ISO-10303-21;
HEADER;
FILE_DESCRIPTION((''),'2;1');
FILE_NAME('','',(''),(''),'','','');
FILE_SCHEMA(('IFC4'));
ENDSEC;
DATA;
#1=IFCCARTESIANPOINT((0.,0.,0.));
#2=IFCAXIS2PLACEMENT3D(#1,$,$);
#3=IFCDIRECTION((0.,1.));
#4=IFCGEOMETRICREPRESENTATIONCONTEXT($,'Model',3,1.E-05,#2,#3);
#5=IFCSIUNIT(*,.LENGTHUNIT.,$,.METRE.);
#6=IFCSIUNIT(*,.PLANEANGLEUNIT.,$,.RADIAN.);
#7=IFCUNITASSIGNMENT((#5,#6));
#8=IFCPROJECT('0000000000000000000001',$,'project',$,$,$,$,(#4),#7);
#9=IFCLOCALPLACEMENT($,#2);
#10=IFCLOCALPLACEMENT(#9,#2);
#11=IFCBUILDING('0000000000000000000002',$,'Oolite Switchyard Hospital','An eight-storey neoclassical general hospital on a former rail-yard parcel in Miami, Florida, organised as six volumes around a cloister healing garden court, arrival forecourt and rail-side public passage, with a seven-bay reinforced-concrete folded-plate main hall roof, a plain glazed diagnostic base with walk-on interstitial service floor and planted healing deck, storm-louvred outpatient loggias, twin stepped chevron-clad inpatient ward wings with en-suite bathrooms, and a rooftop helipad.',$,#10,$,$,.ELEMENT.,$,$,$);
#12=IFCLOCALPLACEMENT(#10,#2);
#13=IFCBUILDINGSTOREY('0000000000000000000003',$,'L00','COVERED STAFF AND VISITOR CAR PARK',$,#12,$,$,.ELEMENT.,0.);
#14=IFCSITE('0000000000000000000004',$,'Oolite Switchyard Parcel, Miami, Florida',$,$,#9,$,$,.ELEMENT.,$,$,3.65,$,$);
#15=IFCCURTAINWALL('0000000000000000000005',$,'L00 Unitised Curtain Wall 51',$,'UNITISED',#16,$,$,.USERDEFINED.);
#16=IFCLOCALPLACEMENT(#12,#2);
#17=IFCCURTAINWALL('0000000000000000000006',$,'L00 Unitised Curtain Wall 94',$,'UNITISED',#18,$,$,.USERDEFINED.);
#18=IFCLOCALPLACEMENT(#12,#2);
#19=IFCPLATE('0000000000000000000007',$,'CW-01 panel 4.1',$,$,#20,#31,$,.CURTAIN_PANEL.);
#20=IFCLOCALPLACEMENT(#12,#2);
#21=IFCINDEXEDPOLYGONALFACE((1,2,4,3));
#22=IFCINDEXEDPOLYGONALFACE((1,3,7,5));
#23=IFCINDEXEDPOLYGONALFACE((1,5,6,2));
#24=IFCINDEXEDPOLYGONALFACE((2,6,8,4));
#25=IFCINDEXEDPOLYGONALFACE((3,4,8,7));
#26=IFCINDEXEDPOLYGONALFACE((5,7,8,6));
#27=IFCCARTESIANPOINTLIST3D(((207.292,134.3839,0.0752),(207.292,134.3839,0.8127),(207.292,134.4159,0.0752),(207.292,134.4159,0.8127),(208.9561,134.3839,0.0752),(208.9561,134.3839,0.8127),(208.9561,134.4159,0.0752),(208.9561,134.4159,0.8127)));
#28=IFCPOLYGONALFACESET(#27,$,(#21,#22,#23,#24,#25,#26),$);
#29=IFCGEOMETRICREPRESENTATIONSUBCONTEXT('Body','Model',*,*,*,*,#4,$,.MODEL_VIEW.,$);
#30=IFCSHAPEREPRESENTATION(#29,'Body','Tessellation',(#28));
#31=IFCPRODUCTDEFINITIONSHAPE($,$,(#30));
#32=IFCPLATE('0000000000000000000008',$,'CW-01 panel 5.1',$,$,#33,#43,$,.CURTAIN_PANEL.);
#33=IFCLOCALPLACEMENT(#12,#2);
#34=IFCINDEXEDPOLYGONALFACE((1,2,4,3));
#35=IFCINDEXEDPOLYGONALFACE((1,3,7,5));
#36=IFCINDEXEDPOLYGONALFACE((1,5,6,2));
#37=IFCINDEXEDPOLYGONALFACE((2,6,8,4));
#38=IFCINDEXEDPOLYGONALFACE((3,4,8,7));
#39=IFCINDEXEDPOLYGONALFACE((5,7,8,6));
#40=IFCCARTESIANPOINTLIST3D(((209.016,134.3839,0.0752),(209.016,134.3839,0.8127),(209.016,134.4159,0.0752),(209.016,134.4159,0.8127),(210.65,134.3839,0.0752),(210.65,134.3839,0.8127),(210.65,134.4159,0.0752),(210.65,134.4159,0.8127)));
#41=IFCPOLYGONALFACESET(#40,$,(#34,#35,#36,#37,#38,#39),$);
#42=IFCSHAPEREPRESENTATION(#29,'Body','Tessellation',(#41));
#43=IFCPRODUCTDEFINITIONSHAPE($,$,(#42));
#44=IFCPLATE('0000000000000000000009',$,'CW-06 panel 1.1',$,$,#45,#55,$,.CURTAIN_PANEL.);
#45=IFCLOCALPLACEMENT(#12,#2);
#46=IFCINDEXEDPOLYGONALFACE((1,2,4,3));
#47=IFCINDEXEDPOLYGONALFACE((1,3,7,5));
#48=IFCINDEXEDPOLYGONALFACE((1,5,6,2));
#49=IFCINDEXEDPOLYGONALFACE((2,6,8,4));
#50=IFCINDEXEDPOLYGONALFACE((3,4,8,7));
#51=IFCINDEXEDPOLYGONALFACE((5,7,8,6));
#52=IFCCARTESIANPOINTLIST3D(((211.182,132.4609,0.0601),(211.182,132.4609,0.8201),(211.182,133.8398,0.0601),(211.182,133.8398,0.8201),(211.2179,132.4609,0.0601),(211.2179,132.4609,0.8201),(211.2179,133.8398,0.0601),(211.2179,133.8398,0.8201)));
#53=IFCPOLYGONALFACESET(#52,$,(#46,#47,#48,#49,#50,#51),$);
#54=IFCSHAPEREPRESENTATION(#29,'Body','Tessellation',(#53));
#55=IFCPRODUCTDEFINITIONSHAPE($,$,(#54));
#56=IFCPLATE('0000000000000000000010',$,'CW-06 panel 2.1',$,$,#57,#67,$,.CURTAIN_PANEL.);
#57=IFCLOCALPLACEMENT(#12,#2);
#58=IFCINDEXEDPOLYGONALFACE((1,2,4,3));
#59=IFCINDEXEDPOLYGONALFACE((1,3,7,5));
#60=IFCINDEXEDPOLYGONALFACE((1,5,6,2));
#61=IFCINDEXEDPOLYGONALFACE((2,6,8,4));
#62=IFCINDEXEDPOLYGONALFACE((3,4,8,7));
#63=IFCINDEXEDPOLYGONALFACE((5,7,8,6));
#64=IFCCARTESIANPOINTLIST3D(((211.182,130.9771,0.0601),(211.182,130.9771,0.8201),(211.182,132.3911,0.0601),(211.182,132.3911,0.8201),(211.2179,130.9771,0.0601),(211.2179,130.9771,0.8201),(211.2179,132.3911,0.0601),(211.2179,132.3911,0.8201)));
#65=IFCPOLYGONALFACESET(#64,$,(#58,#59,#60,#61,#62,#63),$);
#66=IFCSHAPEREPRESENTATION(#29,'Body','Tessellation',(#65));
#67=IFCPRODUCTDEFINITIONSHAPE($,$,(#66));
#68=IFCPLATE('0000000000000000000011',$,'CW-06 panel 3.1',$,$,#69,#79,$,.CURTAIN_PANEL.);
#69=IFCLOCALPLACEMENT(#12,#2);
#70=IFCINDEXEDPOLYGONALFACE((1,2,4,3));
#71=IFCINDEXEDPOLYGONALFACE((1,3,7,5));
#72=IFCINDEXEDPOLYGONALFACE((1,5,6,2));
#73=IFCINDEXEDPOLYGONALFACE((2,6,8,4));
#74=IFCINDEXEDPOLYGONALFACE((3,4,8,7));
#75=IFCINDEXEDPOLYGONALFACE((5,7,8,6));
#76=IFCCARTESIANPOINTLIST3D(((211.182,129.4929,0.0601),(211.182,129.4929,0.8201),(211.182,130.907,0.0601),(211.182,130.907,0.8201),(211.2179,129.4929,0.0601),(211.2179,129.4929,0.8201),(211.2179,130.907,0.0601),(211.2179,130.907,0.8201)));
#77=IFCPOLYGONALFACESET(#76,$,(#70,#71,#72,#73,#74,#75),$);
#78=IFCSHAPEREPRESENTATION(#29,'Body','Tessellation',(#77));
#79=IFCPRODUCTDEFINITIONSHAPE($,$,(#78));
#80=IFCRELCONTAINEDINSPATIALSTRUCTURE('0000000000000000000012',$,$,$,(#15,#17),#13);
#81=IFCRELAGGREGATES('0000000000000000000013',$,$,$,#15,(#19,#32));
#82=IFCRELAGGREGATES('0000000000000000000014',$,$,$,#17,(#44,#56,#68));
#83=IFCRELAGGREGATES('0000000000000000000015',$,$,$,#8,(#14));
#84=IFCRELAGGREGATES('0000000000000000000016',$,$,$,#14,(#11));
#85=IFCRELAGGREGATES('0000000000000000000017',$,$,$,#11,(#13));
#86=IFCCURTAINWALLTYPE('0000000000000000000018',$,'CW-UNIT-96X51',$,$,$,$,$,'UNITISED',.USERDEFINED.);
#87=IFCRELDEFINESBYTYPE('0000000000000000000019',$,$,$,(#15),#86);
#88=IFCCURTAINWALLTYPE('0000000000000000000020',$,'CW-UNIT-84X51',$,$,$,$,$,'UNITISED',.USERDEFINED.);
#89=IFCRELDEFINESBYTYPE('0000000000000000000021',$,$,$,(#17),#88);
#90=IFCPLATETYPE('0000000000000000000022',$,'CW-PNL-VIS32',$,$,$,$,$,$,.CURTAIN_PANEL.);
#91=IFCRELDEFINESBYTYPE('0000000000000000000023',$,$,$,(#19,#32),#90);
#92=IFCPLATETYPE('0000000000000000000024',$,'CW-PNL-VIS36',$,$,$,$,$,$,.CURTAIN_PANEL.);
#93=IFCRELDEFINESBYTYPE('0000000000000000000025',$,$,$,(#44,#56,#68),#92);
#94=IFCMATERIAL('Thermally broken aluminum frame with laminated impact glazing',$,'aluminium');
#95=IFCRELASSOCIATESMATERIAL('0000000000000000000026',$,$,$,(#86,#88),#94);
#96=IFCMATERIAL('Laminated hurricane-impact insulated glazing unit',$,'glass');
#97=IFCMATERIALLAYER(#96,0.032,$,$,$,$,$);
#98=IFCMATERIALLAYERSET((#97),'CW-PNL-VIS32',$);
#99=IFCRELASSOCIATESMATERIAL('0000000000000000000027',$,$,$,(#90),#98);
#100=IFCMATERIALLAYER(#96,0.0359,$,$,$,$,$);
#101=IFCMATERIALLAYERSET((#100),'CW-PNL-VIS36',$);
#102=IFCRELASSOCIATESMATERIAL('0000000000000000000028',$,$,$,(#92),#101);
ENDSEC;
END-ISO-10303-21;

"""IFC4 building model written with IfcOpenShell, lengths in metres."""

from ifc_helpers import new_model, si_unit, direction, frame, origin, origin_2d, place, context, subcontext, project, spatial, rectangle, extrude, material, layer, layer_set, type_object, element, aggregate, save


model = new_model("IFC4")

# Units and contexts
model_context = context("Model", 3, precision=1e-05, world=origin(), true_north=direction((0.0, 1.0)))
body_context = subcontext(model_context, "Body", "Model", "MODEL_VIEW")
ifc_project = project(units=[si_unit("LENGTHUNIT", "METRE"), si_unit("PLANEANGLEUNIT", "RADIAN")], contexts=[model_context])

# Site, building, storey
site_placement = place(None, origin())
site = spatial("IfcSite", under=ifc_project, at=site_placement, Name="Oolite Switchyard Parcel, Miami, Florida", CompositionType="ELEMENT", RefElevation=3.65)
building_placement = place(site_placement, origin())
building = spatial("IfcBuilding", under=site, at=building_placement, Name="Oolite Switchyard Hospital", Description="An eight-storey neoclassical general hospital on a former rail-yard parcel in Miami, Florida, organised as six volumes around a cloister healing garden court, arrival forecourt and rail-side public passage, with a seven-bay reinforced-concrete folded-plate main hall roof, a plain glazed diagnostic base with walk-on interstitial service floor and planted healing deck, storm-louvred outpatient loggias, twin stepped chevron-clad inpatient ward wings with en-suite bathrooms, and a rooftop helipad.", CompositionType="ELEMENT")
storey_placement = place(building_placement, origin())
storey = spatial("IfcBuildingStorey", under=building, at=storey_placement, Name="L00", Description="COVERED STAFF AND VISITOR CAR PARK", CompositionType="ELEMENT", Elevation=0.0)

# Curtain walls
ifc_material_1 = material(Name="Thermally broken aluminum frame with laminated impact glazing", Category="aluminium")
curtain_wall_type_1 = type_object("IfcCurtainWallType", Name="CW-UNIT-96X51", ElementType="UNITISED", PredefinedType="USERDEFINED", material=ifc_material_1)
curtain_wall_1_placement = place(storey_placement, origin())
curtain_wall_1 = element("IfcCurtainWall", 1, at=curtain_wall_1_placement, inside=storey, type_object=curtain_wall_type_1, Name="L00 Unitised Curtain Wall 51", ObjectType="UNITISED", PredefinedType="USERDEFINED")
curtain_wall_type_2 = type_object("IfcCurtainWallType", Name="CW-UNIT-84X51", ElementType="UNITISED", PredefinedType="USERDEFINED", material=ifc_material_1)
curtain_wall_2_placement = place(storey_placement, origin())
curtain_wall_2 = element("IfcCurtainWall", 2, at=curtain_wall_2_placement, inside=storey, type_object=curtain_wall_type_2, Name="L00 Unitised Curtain Wall 94", ObjectType="UNITISED", PredefinedType="USERDEFINED")

# Plates
ifc_material_2 = material(Name="Laminated hurricane-impact insulated glazing unit", Category="glass")
ifc_layer_1 = layer(ifc_material_2, 0.032)
ifc_layer_set_1 = layer_set([ifc_layer_1], Name="CW-PNL-VIS32")
plate_type_1 = type_object("IfcPlateType", Name="CW-PNL-VIS32", PredefinedType="CURTAIN_PANEL", material=ifc_layer_set_1)
plate_1_placement = place(storey_placement, frame((208.124, 134.3999, 0.0752), z_axis=(0.0, 0.0, 1.0), x_axis=(1.0, 0.0, 0.0)))
plate_1 = element("IfcPlate", 3, at=plate_1_placement, type_object=plate_type_1, Name="CW-01 panel 4.1", PredefinedType="CURTAIN_PANEL", context=body_context, shape_type="SweptSolid", body=[
    extrude(rectangle(XDim=1.6641, YDim=0.032, at=origin_2d()), origin(), (0.0, 0.0, 1.0), 0.7375),
])
plate_2_placement = place(storey_placement, frame((209.833, 134.3999, 0.0752), z_axis=(0.0, 0.0, 1.0), x_axis=(1.0, 0.0, 0.0)))
plate_2 = element("IfcPlate", 4, at=plate_2_placement, type_object=plate_type_1, Name="CW-01 panel 5.1", PredefinedType="CURTAIN_PANEL", context=body_context, shape_type="SweptSolid", body=[
    extrude(rectangle(XDim=1.634, YDim=0.032, at=origin_2d()), origin(), (0.0, 0.0, 1.0), 0.7375),
])
aggregate(curtain_wall_1, [plate_1, plate_2])
ifc_layer_2 = layer(ifc_material_2, 0.0359)
ifc_layer_set_2 = layer_set([ifc_layer_2], Name="CW-PNL-VIS36")
plate_type_2 = type_object("IfcPlateType", Name="CW-PNL-VIS36", PredefinedType="CURTAIN_PANEL", material=ifc_layer_set_2)
plate_3_placement = place(storey_placement, frame((211.2, 133.1504, 0.0601), z_axis=(0.0, 0.0, 1.0), x_axis=(0.0, -1.0, 0.0)))
plate_3 = element("IfcPlate", 5, at=plate_3_placement, type_object=plate_type_2, Name="CW-06 panel 1.1", PredefinedType="CURTAIN_PANEL", context=body_context, shape_type="SweptSolid", body=[
    extrude(rectangle(XDim=1.3789, YDim=0.0359, at=origin_2d()), origin(), (0.0, 0.0, 1.0), 0.76),
])
plate_4_placement = place(storey_placement, frame((211.2, 131.6841, 0.0601), z_axis=(0.0, 0.0, 1.0), x_axis=(0.0, -1.0, 0.0)))
plate_4 = element("IfcPlate", 6, at=plate_4_placement, type_object=plate_type_2, Name="CW-06 panel 2.1", PredefinedType="CURTAIN_PANEL", context=body_context, shape_type="SweptSolid", body=[
    extrude(rectangle(XDim=1.4141, YDim=0.0359, at=origin_2d()), origin(), (0.0, 0.0, 1.0), 0.76),
])
plate_5_placement = place(storey_placement, frame((211.2, 130.2, 0.0601), z_axis=(0.0, 0.0, 1.0), x_axis=(0.0, -1.0, 0.0)))
plate_5 = element("IfcPlate", 7, at=plate_5_placement, type_object=plate_type_2, Name="CW-06 panel 3.1", PredefinedType="CURTAIN_PANEL", context=body_context, shape_type="SweptSolid", body=[
    extrude(rectangle(XDim=1.4141, YDim=0.0359, at=origin_2d()), origin(), (0.0, 0.0, 1.0), 0.76),
])
aggregate(curtain_wall_2, [plate_3, plate_4, plate_5])

save(model, "model.ifc")
